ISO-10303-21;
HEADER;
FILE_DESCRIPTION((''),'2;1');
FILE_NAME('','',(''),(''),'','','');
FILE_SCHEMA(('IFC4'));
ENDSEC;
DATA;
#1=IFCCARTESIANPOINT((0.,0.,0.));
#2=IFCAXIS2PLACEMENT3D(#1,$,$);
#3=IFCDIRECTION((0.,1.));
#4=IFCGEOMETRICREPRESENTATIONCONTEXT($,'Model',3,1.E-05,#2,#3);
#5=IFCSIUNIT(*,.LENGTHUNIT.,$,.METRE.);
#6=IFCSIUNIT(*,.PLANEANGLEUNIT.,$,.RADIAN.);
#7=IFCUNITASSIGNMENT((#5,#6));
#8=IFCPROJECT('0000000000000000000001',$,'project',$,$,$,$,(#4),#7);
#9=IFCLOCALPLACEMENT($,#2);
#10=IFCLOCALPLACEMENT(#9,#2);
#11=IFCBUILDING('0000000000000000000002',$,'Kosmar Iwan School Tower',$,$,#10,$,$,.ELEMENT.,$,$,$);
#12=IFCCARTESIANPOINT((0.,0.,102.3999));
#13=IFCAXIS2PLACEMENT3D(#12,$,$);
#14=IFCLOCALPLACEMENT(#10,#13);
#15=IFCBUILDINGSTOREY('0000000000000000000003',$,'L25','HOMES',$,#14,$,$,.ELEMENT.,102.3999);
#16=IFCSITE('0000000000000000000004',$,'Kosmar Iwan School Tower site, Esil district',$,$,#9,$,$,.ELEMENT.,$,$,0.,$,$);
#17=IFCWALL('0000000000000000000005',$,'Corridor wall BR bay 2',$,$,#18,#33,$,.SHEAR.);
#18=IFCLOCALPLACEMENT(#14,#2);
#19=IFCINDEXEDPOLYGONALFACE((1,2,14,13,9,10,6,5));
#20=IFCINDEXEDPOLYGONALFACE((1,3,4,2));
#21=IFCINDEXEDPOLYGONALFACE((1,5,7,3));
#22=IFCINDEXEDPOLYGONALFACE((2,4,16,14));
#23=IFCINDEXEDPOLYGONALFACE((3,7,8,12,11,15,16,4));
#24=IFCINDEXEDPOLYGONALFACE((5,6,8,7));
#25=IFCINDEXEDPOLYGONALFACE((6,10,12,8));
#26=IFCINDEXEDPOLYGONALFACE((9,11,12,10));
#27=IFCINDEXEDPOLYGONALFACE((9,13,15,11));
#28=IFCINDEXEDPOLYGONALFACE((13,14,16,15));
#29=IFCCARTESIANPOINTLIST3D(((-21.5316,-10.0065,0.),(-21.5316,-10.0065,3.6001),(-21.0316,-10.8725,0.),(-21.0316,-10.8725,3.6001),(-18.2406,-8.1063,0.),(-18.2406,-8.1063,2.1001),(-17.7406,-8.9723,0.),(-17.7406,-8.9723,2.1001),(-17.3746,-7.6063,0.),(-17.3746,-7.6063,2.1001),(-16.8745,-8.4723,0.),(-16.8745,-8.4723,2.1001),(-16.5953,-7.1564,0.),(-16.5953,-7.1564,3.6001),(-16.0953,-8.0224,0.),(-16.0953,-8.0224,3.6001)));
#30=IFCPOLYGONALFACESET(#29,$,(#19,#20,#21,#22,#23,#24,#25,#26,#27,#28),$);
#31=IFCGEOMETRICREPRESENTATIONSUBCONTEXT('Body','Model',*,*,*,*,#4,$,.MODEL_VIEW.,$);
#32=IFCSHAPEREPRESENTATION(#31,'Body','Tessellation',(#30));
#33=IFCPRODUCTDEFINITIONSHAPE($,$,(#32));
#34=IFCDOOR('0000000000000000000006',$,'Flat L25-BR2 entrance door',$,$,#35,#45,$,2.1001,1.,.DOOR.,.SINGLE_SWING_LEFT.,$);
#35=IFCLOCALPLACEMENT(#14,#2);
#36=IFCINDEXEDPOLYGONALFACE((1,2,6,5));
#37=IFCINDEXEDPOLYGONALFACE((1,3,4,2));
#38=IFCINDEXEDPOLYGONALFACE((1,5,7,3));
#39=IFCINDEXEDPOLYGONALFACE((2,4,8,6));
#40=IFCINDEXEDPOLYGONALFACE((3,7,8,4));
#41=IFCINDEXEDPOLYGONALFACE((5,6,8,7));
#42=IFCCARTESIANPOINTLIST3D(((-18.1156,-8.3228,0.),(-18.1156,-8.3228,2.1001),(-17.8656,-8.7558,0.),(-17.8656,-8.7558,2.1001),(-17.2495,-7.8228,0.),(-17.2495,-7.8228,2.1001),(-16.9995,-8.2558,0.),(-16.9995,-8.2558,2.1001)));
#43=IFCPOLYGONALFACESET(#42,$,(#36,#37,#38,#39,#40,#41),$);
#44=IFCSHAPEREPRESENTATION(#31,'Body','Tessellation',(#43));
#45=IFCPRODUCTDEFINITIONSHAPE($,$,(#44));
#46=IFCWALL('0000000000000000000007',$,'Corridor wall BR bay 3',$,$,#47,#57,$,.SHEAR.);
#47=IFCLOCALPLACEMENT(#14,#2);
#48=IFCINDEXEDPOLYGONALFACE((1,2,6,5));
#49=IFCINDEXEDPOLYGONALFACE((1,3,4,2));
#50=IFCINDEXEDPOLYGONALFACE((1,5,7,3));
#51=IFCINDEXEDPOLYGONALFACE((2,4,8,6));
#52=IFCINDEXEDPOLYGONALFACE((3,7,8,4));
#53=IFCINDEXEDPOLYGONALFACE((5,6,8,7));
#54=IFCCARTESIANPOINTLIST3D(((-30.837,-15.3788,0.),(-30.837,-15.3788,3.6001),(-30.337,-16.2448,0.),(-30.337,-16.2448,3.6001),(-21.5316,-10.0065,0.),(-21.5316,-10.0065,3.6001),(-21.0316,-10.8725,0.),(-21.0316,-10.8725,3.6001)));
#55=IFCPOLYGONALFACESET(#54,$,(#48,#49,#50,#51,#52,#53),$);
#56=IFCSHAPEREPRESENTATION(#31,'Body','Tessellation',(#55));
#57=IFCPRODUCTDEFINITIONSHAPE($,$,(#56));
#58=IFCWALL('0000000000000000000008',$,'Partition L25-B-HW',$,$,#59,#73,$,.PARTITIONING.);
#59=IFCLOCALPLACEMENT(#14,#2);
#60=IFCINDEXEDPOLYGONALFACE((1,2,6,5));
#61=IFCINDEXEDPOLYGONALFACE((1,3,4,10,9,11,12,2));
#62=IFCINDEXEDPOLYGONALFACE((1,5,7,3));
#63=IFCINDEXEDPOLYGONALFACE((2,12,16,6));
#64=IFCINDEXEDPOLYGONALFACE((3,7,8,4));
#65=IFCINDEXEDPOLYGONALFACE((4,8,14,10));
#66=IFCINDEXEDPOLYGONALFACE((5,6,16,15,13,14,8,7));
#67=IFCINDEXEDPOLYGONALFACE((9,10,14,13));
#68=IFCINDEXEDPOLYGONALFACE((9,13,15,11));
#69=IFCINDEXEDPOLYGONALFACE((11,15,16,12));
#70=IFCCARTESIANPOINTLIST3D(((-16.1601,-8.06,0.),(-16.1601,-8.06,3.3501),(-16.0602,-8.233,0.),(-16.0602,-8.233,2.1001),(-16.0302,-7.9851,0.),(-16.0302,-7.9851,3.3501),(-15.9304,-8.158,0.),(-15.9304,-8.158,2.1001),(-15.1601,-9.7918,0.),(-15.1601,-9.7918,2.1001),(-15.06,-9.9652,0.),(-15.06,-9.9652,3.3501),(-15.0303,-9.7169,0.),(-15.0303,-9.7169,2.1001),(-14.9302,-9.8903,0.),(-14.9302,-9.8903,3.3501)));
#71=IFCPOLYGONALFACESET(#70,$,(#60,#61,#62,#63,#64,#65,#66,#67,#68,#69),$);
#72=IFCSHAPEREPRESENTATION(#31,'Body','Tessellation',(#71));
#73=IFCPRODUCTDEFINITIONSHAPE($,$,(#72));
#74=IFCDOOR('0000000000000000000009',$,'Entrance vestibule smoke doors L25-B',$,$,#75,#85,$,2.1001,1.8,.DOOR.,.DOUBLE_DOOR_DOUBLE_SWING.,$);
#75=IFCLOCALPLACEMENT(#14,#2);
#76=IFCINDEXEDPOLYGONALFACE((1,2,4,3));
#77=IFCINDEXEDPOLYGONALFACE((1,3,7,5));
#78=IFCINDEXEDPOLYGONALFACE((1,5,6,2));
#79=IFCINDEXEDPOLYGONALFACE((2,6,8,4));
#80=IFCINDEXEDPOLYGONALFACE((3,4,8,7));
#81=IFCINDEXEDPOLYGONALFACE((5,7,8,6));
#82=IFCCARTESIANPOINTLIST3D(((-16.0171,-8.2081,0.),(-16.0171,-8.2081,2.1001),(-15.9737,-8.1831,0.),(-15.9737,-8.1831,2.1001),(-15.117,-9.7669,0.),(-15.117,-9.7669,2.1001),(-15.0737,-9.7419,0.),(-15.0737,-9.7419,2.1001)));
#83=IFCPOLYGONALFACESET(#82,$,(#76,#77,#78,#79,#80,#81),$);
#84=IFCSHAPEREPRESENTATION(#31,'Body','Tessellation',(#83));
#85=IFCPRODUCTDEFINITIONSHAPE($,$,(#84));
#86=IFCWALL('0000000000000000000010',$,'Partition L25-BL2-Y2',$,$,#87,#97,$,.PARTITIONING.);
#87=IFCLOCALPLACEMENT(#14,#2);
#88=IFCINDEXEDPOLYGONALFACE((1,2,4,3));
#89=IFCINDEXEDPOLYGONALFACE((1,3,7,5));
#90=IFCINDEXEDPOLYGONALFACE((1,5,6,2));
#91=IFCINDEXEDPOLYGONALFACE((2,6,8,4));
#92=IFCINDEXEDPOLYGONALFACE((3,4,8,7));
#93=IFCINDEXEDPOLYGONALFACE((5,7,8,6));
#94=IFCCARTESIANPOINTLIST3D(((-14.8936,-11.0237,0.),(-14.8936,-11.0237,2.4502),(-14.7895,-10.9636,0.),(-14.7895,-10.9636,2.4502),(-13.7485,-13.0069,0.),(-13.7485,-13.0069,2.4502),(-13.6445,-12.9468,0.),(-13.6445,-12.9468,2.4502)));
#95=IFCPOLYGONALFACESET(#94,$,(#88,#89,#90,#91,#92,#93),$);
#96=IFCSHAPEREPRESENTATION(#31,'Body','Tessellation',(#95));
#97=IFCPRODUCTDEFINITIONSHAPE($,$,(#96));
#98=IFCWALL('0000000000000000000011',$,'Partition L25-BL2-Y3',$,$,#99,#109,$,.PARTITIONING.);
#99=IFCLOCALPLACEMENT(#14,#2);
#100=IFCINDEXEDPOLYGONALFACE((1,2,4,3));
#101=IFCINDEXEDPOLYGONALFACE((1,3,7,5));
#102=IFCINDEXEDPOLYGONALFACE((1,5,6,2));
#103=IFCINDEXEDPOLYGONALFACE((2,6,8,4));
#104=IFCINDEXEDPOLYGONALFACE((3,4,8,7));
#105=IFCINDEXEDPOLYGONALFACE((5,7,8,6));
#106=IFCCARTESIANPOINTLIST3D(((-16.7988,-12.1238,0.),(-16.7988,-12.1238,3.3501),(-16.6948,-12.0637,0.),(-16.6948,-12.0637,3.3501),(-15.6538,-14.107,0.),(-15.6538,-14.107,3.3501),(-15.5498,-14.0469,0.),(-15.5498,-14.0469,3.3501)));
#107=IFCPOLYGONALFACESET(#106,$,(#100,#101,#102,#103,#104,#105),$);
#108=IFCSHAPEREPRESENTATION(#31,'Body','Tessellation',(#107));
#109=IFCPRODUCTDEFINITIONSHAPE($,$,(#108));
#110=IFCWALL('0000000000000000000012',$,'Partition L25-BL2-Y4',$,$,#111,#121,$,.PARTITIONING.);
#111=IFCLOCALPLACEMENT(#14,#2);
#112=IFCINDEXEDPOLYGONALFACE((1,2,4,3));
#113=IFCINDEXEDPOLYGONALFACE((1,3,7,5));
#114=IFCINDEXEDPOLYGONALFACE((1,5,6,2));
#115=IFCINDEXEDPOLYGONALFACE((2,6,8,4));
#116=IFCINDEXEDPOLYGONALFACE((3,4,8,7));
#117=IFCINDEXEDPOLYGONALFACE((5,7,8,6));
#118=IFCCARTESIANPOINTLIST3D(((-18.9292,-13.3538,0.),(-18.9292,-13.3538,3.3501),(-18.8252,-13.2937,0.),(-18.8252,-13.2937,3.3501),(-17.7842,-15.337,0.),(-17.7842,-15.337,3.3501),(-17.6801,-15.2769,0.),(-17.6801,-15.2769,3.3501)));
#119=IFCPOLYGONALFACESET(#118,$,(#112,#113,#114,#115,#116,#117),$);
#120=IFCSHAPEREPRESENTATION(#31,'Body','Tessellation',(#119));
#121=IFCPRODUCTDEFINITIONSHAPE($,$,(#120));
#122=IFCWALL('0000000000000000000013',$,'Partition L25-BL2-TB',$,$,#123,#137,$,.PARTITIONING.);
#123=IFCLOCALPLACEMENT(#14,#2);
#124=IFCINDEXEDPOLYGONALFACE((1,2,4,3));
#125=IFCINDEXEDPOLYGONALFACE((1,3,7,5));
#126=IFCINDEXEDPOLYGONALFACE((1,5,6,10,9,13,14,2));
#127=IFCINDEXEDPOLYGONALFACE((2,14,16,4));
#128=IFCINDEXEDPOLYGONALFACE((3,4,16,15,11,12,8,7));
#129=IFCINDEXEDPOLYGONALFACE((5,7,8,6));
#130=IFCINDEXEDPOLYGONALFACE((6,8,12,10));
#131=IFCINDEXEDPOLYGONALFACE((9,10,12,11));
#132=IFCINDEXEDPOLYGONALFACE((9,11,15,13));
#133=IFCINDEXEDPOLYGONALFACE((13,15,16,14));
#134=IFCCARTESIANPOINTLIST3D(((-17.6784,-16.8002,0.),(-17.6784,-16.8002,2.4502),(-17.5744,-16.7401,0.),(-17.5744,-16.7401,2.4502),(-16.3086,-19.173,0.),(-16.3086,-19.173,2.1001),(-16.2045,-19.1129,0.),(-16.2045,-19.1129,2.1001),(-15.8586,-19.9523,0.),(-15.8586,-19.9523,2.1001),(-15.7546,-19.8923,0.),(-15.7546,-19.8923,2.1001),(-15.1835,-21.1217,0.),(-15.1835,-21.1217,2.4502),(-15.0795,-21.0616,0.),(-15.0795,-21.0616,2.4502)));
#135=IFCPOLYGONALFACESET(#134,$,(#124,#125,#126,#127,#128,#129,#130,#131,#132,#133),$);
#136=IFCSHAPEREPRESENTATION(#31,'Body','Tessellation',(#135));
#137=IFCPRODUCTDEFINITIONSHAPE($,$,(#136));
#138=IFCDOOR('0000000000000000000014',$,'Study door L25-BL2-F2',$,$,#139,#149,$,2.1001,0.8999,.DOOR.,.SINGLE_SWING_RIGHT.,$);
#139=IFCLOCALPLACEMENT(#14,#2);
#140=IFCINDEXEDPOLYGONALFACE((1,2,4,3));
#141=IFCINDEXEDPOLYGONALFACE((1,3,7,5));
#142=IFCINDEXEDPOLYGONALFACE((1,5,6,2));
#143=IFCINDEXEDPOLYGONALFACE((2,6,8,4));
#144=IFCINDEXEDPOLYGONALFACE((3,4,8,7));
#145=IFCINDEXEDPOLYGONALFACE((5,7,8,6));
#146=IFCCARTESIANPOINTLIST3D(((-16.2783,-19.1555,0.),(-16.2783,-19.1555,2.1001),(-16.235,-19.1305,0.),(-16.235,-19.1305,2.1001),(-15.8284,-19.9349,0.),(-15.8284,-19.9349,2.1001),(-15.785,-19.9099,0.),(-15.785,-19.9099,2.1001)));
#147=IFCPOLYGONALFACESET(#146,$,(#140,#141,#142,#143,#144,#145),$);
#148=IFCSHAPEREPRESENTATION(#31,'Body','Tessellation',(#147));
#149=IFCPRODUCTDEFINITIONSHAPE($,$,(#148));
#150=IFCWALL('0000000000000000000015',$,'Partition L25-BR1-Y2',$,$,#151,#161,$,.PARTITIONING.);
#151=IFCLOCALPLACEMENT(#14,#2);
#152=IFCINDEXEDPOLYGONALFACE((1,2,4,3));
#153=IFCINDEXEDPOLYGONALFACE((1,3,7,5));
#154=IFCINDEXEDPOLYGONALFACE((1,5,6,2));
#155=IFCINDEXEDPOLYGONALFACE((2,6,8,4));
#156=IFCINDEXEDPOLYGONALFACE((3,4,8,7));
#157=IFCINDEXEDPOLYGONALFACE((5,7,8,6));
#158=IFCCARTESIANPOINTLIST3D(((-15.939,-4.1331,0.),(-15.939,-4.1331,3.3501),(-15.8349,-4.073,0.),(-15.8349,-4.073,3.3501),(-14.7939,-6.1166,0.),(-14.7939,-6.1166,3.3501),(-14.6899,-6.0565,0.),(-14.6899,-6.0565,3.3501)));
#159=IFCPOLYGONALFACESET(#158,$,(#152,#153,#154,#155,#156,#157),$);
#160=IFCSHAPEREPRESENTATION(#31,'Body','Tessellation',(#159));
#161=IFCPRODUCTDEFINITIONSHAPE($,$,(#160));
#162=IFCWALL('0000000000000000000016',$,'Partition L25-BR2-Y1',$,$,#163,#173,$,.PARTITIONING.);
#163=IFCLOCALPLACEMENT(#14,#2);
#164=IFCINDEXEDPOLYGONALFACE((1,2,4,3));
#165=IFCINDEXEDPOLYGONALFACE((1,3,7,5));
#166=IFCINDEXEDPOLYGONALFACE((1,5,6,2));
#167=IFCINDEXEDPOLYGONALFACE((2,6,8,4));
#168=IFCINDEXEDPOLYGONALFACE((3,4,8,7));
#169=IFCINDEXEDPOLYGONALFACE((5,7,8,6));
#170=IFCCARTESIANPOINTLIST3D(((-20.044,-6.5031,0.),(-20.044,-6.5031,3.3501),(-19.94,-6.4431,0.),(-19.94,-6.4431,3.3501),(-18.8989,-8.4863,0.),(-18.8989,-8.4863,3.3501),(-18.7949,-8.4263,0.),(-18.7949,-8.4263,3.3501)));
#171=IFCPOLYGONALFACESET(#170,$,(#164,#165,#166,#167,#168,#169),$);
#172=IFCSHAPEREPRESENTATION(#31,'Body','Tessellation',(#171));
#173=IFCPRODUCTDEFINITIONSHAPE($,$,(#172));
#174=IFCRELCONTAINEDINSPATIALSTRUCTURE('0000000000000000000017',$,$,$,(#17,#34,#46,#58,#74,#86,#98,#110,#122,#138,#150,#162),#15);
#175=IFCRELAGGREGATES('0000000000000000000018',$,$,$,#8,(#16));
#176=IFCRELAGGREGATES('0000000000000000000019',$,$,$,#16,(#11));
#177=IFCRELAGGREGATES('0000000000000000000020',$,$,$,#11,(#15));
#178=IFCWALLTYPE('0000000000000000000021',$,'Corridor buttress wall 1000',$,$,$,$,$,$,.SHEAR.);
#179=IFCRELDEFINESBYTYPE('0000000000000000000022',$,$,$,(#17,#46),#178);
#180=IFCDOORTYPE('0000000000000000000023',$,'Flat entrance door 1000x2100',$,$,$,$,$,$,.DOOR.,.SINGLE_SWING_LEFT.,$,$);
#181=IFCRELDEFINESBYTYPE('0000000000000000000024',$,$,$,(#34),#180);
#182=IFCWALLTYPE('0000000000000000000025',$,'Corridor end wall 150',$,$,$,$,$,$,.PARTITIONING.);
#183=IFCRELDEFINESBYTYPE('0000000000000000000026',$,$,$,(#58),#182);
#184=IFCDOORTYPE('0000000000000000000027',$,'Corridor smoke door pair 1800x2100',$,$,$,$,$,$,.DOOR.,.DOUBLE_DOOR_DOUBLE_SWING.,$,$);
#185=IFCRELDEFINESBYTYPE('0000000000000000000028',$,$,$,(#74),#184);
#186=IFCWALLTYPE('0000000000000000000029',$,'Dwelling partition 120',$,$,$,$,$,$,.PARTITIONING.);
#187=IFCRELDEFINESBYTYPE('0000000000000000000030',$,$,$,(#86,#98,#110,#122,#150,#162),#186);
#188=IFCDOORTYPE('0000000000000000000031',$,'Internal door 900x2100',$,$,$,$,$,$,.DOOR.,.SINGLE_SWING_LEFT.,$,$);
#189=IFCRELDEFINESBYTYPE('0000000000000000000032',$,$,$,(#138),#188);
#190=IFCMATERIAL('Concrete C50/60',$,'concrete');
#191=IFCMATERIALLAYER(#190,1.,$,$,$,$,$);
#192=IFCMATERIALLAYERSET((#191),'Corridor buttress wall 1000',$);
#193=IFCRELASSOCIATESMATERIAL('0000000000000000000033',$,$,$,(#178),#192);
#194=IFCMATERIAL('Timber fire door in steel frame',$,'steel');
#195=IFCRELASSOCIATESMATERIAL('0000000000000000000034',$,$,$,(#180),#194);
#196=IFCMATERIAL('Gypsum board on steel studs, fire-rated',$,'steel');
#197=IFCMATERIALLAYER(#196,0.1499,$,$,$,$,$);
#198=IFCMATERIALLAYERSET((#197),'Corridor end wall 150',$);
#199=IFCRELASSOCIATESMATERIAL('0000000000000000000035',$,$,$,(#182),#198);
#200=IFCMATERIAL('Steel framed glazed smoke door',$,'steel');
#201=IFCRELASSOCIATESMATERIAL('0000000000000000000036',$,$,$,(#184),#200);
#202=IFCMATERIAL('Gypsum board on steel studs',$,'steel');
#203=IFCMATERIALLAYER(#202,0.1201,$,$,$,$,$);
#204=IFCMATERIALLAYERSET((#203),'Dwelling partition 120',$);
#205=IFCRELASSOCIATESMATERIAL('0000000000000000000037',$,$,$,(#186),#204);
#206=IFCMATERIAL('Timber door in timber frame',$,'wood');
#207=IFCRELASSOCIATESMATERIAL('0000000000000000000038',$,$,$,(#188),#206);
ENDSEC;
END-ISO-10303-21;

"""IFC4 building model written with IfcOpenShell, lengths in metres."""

from ifc_helpers import new_model, si_unit, direction, frame, frame_2d, origin, place, context, subcontext, project, spatial, rectangle, extrude, material, layer, layer_set, type_object, element, fill, save


model = new_model("IFC4")

# Units and contexts
model_context = context("Model", 3, precision=1e-05, world=origin(), true_north=direction((0.0, 1.0)))
body_context = subcontext(model_context, "Body", "Model", "MODEL_VIEW")
ifc_project = project(units=[si_unit("LENGTHUNIT", "METRE"), si_unit("PLANEANGLEUNIT", "RADIAN")], contexts=[model_context])

# Site, building, storey
site_placement = place(None, origin())
site = spatial("IfcSite", under=ifc_project, at=site_placement, Name="Kosmar Iwan School Tower site, Esil district", CompositionType="ELEMENT", RefElevation=0.0)
building_placement = place(site_placement, origin())
building = spatial("IfcBuilding", under=site, at=building_placement, Name="Kosmar Iwan School Tower", CompositionType="ELEMENT")
storey_placement = place(building_placement, frame((0.0, 0.0, 102.3999)))
storey = spatial("IfcBuildingStorey", under=building, at=storey_placement, Name="L25", Description="HOMES", CompositionType="ELEMENT", Elevation=102.3999)

# Wall, opening, door
ifc_material_1 = material(Name="Concrete C50/60", Category="concrete")
ifc_layer_1 = layer(ifc_material_1, 1.0)
ifc_layer_set_1 = layer_set([ifc_layer_1], Name="Corridor buttress wall 1000")
wall_type_1 = type_object("IfcWallType", Name="Corridor buttress wall 1000", PredefinedType="SHEAR", material=ifc_layer_set_1)
ifc_material_2 = material(Name="Timber fire door in steel frame", Category="steel")
door_type_1 = type_object("IfcDoorType", Name="Flat entrance door 1000x2100", OperationType="SINGLE_SWING_LEFT", PredefinedType="DOOR", material=ifc_material_2)
wall_1_placement = place(storey_placement, frame((-16.3452, -7.5894, 0.0), z_axis=(0.0, 0.0, 1.0), x_axis=(-0.866015, -0.500018, 0.0)))
wall_1 = element("IfcWall", 1, at=wall_1_placement, inside=storey, type_object=wall_type_1, Name="Corridor wall BR bay 2", PredefinedType="SHEAR", context=body_context, shape_type="SweptSolid", body=[
    extrude(rectangle(XDim=5.7, YDim=1.0, at=frame_2d((2.8501, 0.0))), origin(), (0.0, 0.0, 1.0), 3.6001),
])
opening_1_placement = place(wall_1_placement, frame((0.8999, 0.0, 0.0)))
opening_1 = element("IfcOpeningElement", 2, at=opening_1_placement, cuts=wall_1, PredefinedType="OPENING", context=body_context, shape_type="SweptSolid", body=[
    extrude(rectangle(XDim=1.0, YDim=2.1001, at=frame_2d((0.5, 1.05))), frame((0.0, 0.512, 0.0), z_axis=(0.0, -1.0, 0.0), x_axis=(1.0, 0.0, 0.0)), (0.0, 0.0, 1.0), 1.0239),
])
door_1_placement = place(opening_1_placement, origin())
door_1 = element("IfcDoor", 3, at=door_1_placement, inside=storey, type_object=door_type_1, Name="Flat L25-BR2 entrance door", OperationType="SINGLE_SWING_LEFT", OverallHeight=2.1001, OverallWidth=1.0, PredefinedType="DOOR", context=body_context, shape_type="SweptSolid", body=[
    extrude(rectangle(XDim=1.0, YDim=2.1001, at=frame_2d((0.5, 1.05))), frame((0.0, 0.25, 0.0), z_axis=(0.0, -1.0, 0.0), x_axis=(1.0, 0.0, 0.0)), (0.0, 0.0, 1.0), 0.5),
])
fill(opening_1, door_1)

# Wall
wall_2_placement = place(storey_placement, frame((-21.2815, -10.4395, 0.0), z_axis=(0.0, 0.0, 1.0), x_axis=(-0.866032, -0.499988, 0.0)))
element("IfcWall", 4, at=wall_2_placement, inside=storey, type_object=wall_type_1, Name="Corridor wall BR bay 3", PredefinedType="SHEAR", context=body_context, shape_type="SweptSolid", body=[
    extrude(rectangle(XDim=10.7449, YDim=1.0, at=frame_2d((5.3726, 0.0))), origin(), (0.0, 0.0, 1.0), 3.6001),
])

# Wall, opening, door
ifc_material_3 = material(Name="Gypsum board on steel studs, fire-rated", Category="steel")
ifc_layer_2 = layer(ifc_material_3, 0.1499)
ifc_layer_set_2 = layer_set([ifc_layer_2], Name="Corridor end wall 150")
wall_type_2 = type_object("IfcWallType", Name="Corridor end wall 150", PredefinedType="PARTITIONING", material=ifc_layer_set_2)
wall_3_placement = place(storey_placement, frame((-16.0952, -8.0225, 0.0), z_axis=(0.0, 0.0, 1.0), x_axis=(0.50003, -0.866008, 0.0)))
wall_3 = element("IfcWall", 5, at=wall_3_placement, inside=storey, type_object=wall_type_2, Name="Partition L25-B-HW", PredefinedType="PARTITIONING", context=body_context, shape_type="SweptSolid", body=[
    extrude(rectangle(XDim=2.2, YDim=0.1499, at=frame_2d((1.1001, 0.0))), origin(), (0.0, 0.0, 1.0), 3.3501),
])
opening_2_placement = place(wall_3_placement, frame((0.2, 0.0, 0.0)))
opening_2 = element("IfcOpeningElement", 6, at=opening_2_placement, cuts=wall_3, PredefinedType="OPENING", context=body_context, shape_type="SweptSolid", body=[
    extrude(rectangle(XDim=1.8, YDim=2.1001, at=frame_2d((0.8999, 1.05))), frame((0.0, 0.0869, 0.0), z_axis=(0.0, -1.0, 0.0), x_axis=(1.0, 0.0, 0.0)), (0.0, 0.0, 1.0), 0.1738),
])
ifc_material_4 = material(Name="Steel framed glazed smoke door", Category="steel")
door_type_2 = type_object("IfcDoorType", Name="Corridor smoke door pair 1800x2100", OperationType="DOUBLE_DOOR_DOUBLE_SWING", PredefinedType="DOOR", material=ifc_material_4)
door_2_placement = place(opening_2_placement, origin())
door_2 = element("IfcDoor", 7, at=door_2_placement, inside=storey, type_object=door_type_2, Name="Entrance vestibule smoke doors L25-B", OperationType="DOUBLE_DOOR_DOUBLE_SWING", OverallHeight=2.1001, OverallWidth=1.8, PredefinedType="DOOR", context=body_context, shape_type="SweptSolid", body=[
    extrude(rectangle(XDim=1.8, YDim=2.1001, at=frame_2d((0.8999, 1.05))), frame((0.0, 0.0249, 0.0), z_axis=(0.0, -1.0, 0.0), x_axis=(1.0, 0.0, 0.0)), (0.0, 0.0, 1.0), 0.05),
])
fill(opening_2, door_2)

# Walls
ifc_material_5 = material(Name="Gypsum board on steel studs", Category="steel")
ifc_layer_3 = layer(ifc_material_5, 0.1201)
ifc_layer_set_3 = layer_set([ifc_layer_3], Name="Dwelling partition 120")
wall_type_3 = type_object("IfcWallType", Name="Dwelling partition 120", PredefinedType="PARTITIONING", material=ifc_layer_set_3)
wall_4_placement = place(storey_placement, frame((-14.8416, -10.9937, 0.0), z_axis=(0.0, 0.0, 1.0), x_axis=(0.500015, -0.866017, 0.0)))
element("IfcWall", 8, at=wall_4_placement, inside=storey, type_object=wall_type_3, Name="Partition L25-BL2-Y2", PredefinedType="PARTITIONING", context=body_context, shape_type="SweptSolid", body=[
    extrude(rectangle(XDim=2.29, YDim=0.1201, at=frame_2d((1.145, 0.0))), origin(), (0.0, 0.0, 1.0), 2.4502),
])
for number, where, z_axis, x_axis, name in (
    (9, (-16.7468, -12.0938, 0.0), (0.0, 0.0, 1.0), (0.500015, -0.866017, 0.0), "Partition L25-BL2-Y3"),
    (10, (-18.8772, -13.3237, 0.0), (0.0, 0.0, 1.0), (0.500015, -0.866017, 0.0), "Partition L25-BL2-Y4"),
):
    element("IfcWall", number, at=place(storey_placement, frame(where, z_axis=z_axis, x_axis=x_axis)), inside=storey, type_object=wall_type_3, Name=name, PredefinedType="PARTITIONING", context=body_context, shape_type="SweptSolid", body=[
        extrude(rectangle(XDim=2.29, YDim=0.1201, at=frame_2d((1.145, 0.0))), origin(), (0.0, 0.0, 1.0), 3.3501),
    ])

# Wall, opening, door
wall_5_placement = place(storey_placement, frame((-17.6265, -16.77, 0.0), z_axis=(0.0, 0.0, 1.0), x_axis=(0.499975, -0.86604, 0.0)))
wall_5 = element("IfcWall", 11, at=wall_5_placement, inside=storey, type_object=wall_type_3, Name="Partition L25-BL2-TB", PredefinedType="PARTITIONING", context=body_context, shape_type="SweptSolid", body=[
    extrude(rectangle(XDim=4.99, YDim=0.1201, at=frame_2d((2.4951, 0.0))), origin(), (0.0, 0.0, 1.0), 2.4502),
])
opening_3_placement = place(wall_5_placement, frame((2.74, 0.0, 0.0)))
opening_3 = element("IfcOpeningElement", 12, at=opening_3_placement, cuts=wall_5, PredefinedType="OPENING", context=body_context, shape_type="SweptSolid", body=[
    extrude(rectangle(XDim=0.8999, YDim=2.1001, at=frame_2d((0.45, 1.05))), frame((0.0, 0.072, 0.0), z_axis=(0.0, -1.0, 0.0), x_axis=(1.0, 0.0, 0.0)), (0.0, 0.0, 1.0), 0.144),
])
ifc_material_6 = material(Name="Timber door in timber frame", Category="wood")
door_type_3 = type_object("IfcDoorType", Name="Internal door 900x2100", OperationType="SINGLE_SWING_LEFT", PredefinedType="DOOR", material=ifc_material_6)
door_3_placement = place(opening_3_placement, origin())
door_3 = element("IfcDoor", 13, at=door_3_placement, inside=storey, type_object=door_type_3, Name="Study door L25-BL2-F2", OperationType="SINGLE_SWING_RIGHT", OverallHeight=2.1001, OverallWidth=0.8999, PredefinedType="DOOR", context=body_context, shape_type="SweptSolid", body=[
    extrude(rectangle(XDim=0.8999, YDim=2.1001, at=frame_2d((0.45, 1.05))), frame((0.0, 0.0249, 0.0), z_axis=(0.0, -1.0, 0.0), x_axis=(1.0, 0.0, 0.0)), (0.0, 0.0, 1.0), 0.05),
])
fill(opening_3, door_3)

# Walls
wall_6_placement = place(storey_placement, frame((-14.7419, -6.0864, 0.0), z_axis=(0.0, 0.0, 1.0), x_axis=(-0.499969, 0.866044, 0.0)))
element("IfcWall", 14, at=wall_6_placement, inside=storey, type_object=wall_type_3, Name="Partition L25-BR1-Y2", PredefinedType="PARTITIONING", context=body_context, shape_type="SweptSolid", body=[
    extrude(rectangle(XDim=2.2903, YDim=0.1201, at=frame_2d((1.145, 0.0))), origin(), (0.0, 0.0, 1.0), 3.3501),
])
wall_7_placement = place(storey_placement, frame((-18.8469, -8.4563, 0.0), z_axis=(0.0, 0.0, 1.0), x_axis=(-0.500015, 0.866017, 0.0)))
element("IfcWall", 15, at=wall_7_placement, inside=storey, type_object=wall_type_3, Name="Partition L25-BR2-Y1", PredefinedType="PARTITIONING", context=body_context, shape_type="SweptSolid", body=[
    extrude(rectangle(XDim=2.29, YDim=0.1201, at=frame_2d((1.145, 0.0))), origin(), (0.0, 0.0, 1.0), 3.3501),
])

save(model, "model.ifc")
